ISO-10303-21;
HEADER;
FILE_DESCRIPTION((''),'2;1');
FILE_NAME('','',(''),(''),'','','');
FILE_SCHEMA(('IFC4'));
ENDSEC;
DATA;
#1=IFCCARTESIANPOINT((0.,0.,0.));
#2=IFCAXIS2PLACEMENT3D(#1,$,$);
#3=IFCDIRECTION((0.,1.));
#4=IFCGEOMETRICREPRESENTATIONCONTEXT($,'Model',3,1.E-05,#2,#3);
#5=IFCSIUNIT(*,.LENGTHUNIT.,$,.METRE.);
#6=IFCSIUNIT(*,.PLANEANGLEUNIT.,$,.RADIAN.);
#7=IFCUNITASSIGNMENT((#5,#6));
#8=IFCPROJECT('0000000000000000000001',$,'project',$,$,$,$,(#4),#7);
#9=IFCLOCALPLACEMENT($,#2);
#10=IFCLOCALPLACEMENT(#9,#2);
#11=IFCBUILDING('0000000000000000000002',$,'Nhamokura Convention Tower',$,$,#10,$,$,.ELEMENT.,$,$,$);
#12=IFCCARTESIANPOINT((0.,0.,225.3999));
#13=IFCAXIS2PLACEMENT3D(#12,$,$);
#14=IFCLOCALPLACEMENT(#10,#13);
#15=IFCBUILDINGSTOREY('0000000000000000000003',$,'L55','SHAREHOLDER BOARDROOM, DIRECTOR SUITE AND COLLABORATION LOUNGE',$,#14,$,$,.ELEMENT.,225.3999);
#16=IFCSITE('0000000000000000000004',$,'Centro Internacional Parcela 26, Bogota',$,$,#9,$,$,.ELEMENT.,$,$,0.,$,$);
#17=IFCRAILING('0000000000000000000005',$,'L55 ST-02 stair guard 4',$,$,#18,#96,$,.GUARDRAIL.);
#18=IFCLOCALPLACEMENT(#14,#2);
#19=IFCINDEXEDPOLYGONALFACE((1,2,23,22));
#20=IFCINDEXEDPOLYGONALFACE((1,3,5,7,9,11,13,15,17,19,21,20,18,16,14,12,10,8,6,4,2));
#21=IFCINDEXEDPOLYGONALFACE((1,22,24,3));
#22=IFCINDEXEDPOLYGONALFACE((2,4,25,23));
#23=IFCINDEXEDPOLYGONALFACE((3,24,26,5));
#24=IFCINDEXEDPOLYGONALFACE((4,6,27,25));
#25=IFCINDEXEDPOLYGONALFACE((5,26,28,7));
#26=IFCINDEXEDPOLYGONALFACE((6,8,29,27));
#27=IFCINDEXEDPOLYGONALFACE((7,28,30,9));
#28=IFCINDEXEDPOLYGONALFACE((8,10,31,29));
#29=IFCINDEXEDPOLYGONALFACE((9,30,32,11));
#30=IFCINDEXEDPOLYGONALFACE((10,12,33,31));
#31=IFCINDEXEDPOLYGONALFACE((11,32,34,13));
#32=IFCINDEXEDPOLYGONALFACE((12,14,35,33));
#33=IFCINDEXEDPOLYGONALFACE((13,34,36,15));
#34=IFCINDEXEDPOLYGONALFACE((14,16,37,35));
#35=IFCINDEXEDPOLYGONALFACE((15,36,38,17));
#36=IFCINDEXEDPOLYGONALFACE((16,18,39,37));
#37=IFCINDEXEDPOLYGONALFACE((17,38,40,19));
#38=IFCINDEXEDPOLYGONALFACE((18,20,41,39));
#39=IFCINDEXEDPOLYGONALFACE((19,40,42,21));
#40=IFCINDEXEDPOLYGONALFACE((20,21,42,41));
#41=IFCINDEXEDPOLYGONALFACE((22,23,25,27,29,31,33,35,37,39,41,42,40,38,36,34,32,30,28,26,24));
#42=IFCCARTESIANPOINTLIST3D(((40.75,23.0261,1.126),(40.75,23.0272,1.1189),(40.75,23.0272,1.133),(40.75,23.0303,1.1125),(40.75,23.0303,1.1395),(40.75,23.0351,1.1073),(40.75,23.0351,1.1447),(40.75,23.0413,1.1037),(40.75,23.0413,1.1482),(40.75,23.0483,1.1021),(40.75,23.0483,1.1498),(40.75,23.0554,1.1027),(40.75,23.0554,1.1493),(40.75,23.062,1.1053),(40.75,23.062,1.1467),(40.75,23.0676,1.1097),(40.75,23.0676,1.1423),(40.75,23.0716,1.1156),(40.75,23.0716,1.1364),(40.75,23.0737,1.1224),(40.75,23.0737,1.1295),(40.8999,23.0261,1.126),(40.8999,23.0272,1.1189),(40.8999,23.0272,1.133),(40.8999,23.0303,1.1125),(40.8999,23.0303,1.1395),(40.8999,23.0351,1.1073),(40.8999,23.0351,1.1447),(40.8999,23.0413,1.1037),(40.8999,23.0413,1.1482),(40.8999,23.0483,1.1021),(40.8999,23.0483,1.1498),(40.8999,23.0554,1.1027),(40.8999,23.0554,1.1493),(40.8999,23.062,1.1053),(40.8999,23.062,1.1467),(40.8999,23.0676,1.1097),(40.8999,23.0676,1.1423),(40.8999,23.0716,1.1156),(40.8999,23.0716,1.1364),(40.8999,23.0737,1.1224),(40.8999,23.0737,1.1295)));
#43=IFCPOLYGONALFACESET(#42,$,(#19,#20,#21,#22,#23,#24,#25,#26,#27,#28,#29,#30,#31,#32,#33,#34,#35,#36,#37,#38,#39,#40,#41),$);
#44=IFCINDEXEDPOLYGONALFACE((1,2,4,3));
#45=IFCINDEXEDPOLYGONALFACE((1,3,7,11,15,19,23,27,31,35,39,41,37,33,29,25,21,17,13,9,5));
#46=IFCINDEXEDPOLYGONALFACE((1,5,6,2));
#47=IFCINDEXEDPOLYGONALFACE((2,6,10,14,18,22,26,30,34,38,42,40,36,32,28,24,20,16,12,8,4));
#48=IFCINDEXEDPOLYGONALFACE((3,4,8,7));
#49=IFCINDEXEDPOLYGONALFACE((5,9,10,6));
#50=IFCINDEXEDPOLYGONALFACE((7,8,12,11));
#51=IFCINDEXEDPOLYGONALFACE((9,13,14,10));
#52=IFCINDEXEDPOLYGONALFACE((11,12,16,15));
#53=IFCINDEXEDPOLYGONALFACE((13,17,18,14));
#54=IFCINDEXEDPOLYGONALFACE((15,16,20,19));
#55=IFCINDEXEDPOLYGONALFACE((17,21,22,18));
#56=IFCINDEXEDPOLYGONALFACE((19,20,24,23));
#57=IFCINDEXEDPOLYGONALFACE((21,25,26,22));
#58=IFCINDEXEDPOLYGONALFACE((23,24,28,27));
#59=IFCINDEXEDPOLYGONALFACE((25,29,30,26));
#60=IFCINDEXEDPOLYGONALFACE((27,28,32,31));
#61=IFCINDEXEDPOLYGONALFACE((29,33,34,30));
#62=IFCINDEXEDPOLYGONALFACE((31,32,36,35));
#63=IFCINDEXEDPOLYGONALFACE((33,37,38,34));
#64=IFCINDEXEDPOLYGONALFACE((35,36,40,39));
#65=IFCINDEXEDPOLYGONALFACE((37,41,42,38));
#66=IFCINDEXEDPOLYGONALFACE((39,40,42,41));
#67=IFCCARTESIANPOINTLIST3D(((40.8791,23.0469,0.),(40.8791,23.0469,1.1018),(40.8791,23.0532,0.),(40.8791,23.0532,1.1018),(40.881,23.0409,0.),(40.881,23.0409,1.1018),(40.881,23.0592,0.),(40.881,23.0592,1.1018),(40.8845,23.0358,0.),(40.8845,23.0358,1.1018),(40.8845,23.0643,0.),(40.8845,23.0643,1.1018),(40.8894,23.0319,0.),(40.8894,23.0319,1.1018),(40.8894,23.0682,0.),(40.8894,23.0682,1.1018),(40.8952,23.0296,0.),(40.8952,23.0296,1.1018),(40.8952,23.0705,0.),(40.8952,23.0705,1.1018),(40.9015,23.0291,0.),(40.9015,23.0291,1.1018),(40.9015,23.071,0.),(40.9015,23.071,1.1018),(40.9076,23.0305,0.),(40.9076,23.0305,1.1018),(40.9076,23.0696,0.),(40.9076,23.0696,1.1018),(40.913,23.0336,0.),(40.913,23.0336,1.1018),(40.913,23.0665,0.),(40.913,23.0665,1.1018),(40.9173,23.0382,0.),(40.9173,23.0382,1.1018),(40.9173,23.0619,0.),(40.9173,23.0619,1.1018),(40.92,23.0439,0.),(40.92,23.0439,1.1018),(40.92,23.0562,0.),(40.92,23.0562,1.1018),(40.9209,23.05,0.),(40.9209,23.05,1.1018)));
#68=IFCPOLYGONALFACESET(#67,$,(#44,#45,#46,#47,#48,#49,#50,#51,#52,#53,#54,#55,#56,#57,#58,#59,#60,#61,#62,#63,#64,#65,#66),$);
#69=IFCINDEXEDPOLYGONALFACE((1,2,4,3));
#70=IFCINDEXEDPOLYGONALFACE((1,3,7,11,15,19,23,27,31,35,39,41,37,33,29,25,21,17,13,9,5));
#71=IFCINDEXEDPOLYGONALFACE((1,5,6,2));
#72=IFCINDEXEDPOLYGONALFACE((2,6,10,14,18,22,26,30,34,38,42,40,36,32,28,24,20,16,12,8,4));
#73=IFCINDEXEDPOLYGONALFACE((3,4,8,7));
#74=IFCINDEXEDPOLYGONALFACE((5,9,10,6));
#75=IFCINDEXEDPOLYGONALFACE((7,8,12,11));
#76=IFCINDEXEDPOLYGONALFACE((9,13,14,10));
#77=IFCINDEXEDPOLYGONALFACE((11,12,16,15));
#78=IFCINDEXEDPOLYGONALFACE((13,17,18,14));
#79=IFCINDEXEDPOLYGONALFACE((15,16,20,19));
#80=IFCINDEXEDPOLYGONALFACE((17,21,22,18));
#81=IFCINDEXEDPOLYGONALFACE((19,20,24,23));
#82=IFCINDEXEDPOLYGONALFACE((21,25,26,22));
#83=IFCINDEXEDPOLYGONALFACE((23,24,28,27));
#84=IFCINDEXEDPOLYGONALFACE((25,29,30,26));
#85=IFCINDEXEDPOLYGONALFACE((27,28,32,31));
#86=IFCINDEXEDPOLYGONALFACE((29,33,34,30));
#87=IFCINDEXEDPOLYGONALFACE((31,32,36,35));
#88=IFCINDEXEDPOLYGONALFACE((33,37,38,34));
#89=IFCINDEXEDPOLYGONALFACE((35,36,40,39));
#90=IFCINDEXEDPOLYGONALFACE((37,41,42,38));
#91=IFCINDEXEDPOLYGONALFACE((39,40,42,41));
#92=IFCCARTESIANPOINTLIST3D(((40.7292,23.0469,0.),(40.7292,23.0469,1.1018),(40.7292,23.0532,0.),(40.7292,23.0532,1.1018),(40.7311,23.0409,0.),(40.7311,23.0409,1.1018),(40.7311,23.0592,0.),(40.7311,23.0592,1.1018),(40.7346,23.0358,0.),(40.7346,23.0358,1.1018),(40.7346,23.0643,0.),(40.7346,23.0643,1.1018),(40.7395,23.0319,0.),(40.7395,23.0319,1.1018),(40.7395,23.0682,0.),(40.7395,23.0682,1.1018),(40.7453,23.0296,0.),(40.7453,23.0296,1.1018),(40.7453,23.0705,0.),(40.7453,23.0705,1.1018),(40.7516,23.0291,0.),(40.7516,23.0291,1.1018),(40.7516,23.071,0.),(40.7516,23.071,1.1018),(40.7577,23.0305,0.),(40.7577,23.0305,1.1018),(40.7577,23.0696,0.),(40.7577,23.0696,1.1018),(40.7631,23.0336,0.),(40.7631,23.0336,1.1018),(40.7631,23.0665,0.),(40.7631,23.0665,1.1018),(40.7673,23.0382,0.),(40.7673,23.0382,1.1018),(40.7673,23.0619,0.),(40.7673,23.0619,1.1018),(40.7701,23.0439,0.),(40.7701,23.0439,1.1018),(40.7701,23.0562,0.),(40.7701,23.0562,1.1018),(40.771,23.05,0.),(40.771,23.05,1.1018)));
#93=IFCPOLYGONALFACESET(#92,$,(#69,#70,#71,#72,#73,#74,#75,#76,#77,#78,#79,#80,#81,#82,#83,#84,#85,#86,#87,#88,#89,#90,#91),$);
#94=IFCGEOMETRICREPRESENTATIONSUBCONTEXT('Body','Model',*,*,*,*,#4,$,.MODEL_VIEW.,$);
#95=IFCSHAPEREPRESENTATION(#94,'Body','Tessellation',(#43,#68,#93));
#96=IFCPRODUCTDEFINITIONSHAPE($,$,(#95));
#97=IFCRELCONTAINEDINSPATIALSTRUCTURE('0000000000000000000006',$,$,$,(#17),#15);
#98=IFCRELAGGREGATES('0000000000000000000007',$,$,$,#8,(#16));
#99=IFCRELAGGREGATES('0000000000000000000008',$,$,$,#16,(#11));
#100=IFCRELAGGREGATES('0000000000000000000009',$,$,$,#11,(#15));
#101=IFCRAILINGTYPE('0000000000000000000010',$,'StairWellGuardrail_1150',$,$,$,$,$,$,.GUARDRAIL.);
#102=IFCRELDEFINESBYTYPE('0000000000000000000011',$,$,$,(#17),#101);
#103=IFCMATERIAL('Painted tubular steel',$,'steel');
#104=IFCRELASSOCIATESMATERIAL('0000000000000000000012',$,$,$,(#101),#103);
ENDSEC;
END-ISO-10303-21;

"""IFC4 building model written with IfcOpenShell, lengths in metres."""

from ifc_helpers import new_model, si_unit, direction, frame, origin, origin_2d, place, context, subcontext, project, spatial, circle, extrude, material, type_object, element, save


model = new_model("IFC4")

# Units and contexts
model_context = context("Model", 3, precision=1e-05, world=origin(), true_north=direction((0.0, 1.0)))
body_context = subcontext(model_context, "Body", "Model", "MODEL_VIEW")
ifc_project = project(units=[si_unit("LENGTHUNIT", "METRE"), si_unit("PLANEANGLEUNIT", "RADIAN")], contexts=[model_context])

# Site, building, storey
site_placement = place(None, origin())
site = spatial("IfcSite", under=ifc_project, at=site_placement, Name="Centro Internacional Parcela 26, Bogota", CompositionType="ELEMENT", RefElevation=0.0)
building_placement = place(site_placement, origin())
building = spatial("IfcBuilding", under=site, at=building_placement, Name="Nhamokura Convention Tower", CompositionType="ELEMENT")
storey_placement = place(building_placement, frame((0.0, 0.0, 225.3999)))
storey = spatial("IfcBuildingStorey", under=building, at=storey_placement, Name="L55", Description="SHAREHOLDER BOARDROOM, DIRECTOR SUITE AND COLLABORATION LOUNGE", CompositionType="ELEMENT", Elevation=225.3999)

# Railing
ifc_material_1 = material(Name="Painted tubular steel", Category="steel")
railing_type_1 = type_object("IfcRailingType", Name="StairWellGuardrail_1150", PredefinedType="GUARDRAIL", material=ifc_material_1)
railing_1_placement = place(storey_placement, frame((40.8999, 23.05, 0.0)))
element("IfcRailing", 1, at=railing_1_placement, inside=storey, type_object=railing_type_1, Name="L55 ST-02 stair guard 4", PredefinedType="GUARDRAIL", context=body_context, shape_type="SweptSolid", body=[
    extrude(circle(Radius=0.0239, at=origin_2d()), frame((0.0, 0.0, 1.126), z_axis=(-1.0, 0.0, 0.0), x_axis=(0.0, -1.0, 0.0)), (0.0, 0.0, 1.0), 0.1499),
    extrude(circle(Radius=0.021, at=origin_2d()), origin(), (0.0, 0.0, 1.0), 1.1018),
    extrude(circle(Radius=0.021, at=origin_2d()), frame((-0.1499, 0.0, 0.0)), (0.0, 0.0, 1.0), 1.1018),
])

save(model, "model.ifc")
